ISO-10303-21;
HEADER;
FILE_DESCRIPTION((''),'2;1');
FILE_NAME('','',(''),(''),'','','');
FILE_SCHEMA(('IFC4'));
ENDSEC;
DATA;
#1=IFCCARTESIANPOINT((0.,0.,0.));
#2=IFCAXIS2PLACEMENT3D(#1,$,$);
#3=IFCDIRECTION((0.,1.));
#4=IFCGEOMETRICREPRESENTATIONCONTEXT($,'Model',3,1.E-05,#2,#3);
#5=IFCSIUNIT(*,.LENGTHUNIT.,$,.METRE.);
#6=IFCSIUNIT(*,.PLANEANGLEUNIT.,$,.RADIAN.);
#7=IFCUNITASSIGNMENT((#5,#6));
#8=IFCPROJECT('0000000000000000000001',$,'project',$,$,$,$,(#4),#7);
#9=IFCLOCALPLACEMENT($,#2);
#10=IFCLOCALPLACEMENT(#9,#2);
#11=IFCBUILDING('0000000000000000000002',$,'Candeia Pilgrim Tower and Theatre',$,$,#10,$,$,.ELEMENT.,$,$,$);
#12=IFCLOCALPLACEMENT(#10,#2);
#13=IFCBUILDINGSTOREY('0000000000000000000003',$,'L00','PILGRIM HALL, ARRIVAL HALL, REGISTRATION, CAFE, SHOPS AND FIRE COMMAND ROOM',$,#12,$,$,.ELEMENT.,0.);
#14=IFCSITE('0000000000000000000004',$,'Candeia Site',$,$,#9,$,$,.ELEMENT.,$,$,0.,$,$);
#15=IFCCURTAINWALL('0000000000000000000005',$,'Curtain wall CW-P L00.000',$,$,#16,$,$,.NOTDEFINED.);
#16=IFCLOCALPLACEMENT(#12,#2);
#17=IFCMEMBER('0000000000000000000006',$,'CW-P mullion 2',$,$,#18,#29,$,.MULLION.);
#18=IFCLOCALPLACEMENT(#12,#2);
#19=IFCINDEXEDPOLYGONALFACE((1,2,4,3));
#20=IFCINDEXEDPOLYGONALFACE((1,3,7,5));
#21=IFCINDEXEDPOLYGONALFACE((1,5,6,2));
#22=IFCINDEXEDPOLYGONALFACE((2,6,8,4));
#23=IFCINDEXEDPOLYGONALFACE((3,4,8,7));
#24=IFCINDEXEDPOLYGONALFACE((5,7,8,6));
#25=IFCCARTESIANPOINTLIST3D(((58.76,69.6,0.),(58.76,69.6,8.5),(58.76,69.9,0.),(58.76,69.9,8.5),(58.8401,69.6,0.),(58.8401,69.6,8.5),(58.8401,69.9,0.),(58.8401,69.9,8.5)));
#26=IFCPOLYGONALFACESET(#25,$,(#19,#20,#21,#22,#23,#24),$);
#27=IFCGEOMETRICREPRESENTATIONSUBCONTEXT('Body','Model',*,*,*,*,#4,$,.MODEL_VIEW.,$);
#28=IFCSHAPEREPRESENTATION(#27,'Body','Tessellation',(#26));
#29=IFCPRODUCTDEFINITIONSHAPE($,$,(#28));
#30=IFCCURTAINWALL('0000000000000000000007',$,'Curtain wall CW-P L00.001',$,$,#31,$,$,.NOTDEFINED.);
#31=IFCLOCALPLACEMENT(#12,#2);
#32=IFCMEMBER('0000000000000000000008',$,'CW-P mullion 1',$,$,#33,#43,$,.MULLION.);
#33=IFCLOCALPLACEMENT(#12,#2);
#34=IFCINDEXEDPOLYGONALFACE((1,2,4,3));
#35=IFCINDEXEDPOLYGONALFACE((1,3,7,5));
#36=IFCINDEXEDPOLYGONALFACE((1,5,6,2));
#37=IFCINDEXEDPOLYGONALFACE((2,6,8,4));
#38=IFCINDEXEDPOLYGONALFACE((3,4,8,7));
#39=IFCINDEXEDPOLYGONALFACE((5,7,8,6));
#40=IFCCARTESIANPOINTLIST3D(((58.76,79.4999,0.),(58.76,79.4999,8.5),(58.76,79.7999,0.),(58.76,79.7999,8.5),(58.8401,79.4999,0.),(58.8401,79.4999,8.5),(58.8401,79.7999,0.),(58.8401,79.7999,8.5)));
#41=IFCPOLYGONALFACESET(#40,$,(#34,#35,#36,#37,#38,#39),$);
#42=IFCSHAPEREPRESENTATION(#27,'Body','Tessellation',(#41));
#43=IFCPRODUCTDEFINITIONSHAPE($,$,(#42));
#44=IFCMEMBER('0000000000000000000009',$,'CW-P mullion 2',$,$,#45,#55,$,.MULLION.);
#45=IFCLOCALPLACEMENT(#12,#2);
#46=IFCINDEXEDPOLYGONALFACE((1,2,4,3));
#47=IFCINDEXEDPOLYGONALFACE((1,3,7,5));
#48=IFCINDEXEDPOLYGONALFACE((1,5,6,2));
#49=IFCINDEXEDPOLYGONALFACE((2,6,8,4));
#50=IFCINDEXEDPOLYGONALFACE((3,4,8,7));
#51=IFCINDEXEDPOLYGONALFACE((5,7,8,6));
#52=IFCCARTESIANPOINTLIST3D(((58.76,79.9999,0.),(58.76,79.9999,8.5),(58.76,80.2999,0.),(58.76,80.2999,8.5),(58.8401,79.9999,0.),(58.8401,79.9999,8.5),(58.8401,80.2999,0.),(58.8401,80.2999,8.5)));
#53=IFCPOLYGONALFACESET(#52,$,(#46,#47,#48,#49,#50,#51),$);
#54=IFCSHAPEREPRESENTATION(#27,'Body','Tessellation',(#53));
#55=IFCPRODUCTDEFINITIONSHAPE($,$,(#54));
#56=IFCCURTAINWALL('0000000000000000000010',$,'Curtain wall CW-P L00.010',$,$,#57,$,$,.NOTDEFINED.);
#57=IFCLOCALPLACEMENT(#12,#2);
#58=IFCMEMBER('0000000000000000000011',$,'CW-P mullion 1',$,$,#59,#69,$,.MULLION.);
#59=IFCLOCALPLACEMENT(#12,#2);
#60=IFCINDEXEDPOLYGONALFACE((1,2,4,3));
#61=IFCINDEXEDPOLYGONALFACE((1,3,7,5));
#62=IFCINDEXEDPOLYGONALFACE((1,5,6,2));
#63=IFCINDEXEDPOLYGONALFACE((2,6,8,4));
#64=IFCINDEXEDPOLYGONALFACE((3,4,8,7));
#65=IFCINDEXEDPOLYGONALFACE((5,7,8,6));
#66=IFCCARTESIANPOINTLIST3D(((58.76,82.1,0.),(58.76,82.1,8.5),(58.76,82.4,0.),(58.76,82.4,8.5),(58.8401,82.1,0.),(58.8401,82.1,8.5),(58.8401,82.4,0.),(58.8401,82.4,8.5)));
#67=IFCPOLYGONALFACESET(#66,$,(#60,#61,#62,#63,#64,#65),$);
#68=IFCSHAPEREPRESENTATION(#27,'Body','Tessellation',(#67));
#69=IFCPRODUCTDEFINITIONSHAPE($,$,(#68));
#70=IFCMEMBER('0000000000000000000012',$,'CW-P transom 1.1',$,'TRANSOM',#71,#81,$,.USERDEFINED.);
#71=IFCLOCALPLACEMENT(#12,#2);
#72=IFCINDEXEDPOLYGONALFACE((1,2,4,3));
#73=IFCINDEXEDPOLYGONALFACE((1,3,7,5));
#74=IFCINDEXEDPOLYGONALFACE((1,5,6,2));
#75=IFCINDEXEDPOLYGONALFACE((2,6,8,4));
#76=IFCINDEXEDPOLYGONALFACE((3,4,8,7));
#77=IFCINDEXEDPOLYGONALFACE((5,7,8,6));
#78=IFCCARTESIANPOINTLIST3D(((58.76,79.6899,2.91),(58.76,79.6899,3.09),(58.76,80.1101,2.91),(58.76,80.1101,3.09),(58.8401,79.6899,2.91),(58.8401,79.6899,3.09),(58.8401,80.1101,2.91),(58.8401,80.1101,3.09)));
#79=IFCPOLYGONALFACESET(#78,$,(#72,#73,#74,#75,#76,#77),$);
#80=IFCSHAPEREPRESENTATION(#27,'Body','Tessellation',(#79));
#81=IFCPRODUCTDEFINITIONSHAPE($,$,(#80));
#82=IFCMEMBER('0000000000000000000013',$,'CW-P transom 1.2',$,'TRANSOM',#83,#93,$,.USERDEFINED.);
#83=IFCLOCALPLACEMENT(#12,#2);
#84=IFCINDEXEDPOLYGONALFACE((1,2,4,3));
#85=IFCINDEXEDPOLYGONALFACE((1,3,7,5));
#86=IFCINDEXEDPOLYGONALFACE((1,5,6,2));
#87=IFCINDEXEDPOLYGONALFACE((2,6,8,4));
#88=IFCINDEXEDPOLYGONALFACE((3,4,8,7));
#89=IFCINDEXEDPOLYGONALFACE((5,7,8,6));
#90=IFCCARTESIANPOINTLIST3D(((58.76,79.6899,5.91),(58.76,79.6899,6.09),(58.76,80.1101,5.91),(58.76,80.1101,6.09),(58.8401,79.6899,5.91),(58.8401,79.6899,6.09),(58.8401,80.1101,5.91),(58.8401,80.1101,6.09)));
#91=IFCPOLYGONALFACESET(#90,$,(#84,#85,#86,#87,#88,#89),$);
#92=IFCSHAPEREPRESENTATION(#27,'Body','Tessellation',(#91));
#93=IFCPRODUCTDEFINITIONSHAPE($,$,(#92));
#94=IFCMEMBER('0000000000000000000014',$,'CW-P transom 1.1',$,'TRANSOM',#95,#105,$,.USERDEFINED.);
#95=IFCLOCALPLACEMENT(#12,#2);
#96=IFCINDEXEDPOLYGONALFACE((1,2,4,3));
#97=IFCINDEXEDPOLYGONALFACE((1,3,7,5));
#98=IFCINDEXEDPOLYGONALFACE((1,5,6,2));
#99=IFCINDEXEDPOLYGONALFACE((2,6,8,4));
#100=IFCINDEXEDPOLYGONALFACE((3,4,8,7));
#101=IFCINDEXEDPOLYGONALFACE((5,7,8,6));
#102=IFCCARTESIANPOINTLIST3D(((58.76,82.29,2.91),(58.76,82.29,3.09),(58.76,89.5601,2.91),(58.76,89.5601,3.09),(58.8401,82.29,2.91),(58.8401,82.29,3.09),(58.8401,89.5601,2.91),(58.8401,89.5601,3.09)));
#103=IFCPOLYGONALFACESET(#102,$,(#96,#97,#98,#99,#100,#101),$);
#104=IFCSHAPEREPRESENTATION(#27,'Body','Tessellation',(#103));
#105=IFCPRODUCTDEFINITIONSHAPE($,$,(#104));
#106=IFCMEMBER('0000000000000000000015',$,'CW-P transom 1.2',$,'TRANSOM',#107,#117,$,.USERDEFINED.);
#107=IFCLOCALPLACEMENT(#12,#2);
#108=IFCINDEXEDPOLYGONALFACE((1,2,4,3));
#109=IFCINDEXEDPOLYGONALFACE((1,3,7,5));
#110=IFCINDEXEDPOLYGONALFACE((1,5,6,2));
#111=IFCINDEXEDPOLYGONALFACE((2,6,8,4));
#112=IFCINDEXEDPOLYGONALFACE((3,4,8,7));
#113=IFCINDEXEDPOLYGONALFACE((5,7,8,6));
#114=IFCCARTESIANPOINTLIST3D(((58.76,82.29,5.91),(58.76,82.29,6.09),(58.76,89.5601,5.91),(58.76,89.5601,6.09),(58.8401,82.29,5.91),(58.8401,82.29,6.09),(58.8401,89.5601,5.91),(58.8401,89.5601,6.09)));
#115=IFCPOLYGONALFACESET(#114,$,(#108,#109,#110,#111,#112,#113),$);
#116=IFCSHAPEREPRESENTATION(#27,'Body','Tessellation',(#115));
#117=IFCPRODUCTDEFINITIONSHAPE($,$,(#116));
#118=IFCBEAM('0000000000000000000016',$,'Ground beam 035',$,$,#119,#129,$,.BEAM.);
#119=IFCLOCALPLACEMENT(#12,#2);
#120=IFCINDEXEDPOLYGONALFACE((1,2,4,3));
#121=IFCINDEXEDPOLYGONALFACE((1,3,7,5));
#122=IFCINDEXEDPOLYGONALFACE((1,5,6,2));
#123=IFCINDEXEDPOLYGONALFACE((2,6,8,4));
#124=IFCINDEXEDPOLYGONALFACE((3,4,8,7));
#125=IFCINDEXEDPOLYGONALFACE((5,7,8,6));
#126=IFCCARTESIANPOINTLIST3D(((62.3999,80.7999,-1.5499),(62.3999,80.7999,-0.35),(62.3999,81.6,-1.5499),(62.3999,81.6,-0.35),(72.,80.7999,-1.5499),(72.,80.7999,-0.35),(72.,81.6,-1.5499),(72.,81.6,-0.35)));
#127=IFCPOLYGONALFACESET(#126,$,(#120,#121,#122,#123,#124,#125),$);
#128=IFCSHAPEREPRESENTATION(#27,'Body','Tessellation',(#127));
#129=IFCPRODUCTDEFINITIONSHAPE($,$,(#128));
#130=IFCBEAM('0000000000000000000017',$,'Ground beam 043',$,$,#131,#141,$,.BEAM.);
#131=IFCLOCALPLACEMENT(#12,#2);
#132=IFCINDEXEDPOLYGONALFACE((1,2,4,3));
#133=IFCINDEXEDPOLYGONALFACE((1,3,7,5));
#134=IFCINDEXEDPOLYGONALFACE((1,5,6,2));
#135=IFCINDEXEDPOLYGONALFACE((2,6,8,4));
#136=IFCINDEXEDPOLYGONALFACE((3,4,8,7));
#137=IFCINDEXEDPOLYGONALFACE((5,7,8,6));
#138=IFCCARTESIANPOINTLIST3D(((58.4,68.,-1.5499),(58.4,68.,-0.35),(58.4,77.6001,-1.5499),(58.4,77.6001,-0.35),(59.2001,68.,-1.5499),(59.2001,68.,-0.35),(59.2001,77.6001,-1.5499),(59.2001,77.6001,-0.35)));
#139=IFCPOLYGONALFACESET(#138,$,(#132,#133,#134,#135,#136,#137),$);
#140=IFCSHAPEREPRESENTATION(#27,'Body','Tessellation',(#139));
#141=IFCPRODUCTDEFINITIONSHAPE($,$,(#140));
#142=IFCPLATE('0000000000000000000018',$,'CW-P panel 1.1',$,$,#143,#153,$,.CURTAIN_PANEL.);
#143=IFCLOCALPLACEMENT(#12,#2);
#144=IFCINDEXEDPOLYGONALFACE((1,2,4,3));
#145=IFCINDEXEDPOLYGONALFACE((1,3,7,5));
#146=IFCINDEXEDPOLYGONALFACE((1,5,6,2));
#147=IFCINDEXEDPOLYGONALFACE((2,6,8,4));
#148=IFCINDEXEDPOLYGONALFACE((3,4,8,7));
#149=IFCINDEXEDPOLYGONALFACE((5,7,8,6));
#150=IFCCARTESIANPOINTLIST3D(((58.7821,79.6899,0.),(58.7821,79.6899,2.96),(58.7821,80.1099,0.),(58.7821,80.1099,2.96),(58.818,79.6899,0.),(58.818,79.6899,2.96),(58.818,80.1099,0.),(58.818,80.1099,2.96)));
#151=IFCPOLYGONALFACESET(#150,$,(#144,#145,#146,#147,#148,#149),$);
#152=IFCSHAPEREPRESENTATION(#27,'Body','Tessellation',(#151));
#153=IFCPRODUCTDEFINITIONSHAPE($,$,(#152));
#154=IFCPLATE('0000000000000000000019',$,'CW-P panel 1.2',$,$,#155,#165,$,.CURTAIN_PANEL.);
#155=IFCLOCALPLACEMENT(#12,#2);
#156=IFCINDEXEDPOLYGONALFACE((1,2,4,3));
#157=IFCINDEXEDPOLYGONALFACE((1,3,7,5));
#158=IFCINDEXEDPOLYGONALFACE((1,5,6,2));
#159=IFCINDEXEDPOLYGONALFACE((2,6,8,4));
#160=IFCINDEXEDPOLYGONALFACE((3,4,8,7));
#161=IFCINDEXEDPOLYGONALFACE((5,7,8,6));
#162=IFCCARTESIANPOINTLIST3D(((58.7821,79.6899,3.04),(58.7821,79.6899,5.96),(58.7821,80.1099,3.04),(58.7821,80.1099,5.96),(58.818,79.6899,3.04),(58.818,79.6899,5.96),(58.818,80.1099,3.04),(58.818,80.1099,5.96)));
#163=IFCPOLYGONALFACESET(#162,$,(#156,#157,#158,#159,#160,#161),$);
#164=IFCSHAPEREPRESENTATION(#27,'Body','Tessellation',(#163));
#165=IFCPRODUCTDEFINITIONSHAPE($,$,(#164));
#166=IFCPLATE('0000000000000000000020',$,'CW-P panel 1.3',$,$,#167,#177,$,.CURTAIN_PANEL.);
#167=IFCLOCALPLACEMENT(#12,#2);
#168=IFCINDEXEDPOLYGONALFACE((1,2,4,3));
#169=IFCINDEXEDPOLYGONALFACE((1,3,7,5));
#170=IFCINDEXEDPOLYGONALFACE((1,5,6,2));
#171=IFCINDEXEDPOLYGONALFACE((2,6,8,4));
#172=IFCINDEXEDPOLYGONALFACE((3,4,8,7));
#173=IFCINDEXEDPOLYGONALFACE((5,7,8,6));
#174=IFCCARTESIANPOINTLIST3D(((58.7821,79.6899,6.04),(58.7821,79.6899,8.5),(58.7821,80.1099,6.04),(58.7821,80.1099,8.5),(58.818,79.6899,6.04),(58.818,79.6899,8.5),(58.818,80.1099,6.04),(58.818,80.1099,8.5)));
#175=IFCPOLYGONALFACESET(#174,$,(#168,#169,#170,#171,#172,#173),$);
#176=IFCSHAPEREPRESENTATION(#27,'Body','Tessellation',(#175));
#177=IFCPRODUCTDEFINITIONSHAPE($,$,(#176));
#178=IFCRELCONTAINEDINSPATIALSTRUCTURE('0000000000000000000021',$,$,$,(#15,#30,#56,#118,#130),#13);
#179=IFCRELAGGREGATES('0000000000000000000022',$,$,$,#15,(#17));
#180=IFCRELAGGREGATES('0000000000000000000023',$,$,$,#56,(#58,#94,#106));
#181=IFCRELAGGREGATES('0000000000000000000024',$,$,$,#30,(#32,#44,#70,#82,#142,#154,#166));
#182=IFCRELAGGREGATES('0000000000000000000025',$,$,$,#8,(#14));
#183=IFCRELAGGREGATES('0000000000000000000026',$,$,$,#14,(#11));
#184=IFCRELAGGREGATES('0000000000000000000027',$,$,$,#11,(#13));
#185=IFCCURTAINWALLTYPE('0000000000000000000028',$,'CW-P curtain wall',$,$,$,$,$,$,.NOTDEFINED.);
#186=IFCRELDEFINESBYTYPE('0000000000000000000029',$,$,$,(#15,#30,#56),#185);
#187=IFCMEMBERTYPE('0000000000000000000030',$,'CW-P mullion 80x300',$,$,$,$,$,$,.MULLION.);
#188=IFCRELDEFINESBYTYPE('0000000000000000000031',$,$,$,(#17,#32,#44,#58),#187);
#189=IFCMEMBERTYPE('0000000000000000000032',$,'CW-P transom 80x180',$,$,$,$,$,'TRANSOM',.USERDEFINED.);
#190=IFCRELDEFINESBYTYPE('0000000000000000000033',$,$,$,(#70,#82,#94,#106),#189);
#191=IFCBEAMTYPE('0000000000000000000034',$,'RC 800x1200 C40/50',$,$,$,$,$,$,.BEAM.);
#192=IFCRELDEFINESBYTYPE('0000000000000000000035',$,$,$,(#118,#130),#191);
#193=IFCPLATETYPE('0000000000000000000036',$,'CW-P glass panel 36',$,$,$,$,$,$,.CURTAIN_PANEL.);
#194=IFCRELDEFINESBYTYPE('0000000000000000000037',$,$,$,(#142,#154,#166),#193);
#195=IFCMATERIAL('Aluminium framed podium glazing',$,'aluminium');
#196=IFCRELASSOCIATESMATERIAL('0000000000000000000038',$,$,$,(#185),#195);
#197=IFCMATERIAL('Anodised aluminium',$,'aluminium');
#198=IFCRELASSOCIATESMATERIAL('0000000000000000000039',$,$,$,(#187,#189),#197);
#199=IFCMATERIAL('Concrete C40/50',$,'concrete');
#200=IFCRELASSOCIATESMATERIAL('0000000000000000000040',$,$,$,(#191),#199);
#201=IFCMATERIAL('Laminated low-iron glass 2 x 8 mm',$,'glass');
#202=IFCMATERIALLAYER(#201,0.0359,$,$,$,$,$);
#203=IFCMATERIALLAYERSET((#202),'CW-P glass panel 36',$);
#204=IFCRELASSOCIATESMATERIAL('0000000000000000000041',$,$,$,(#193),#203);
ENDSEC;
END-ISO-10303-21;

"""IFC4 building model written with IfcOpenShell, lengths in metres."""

from ifc_helpers import new_model, si_unit, direction, frame, origin, origin_2d, place, context, subcontext, project, spatial, rectangle, extrude, material, layer, layer_set, material_profile, profile_set, type_object, element, aggregate, save


model = new_model("IFC4")

# Units and contexts
model_context = context("Model", 3, precision=1e-05, world=origin(), true_north=direction((0.0, 1.0)))
body_context = subcontext(model_context, "Body", "Model", "MODEL_VIEW")
ifc_project = project(units=[si_unit("LENGTHUNIT", "METRE"), si_unit("PLANEANGLEUNIT", "RADIAN")], contexts=[model_context])

# Site, building, storey
site_placement = place(None, origin())
site = spatial("IfcSite", under=ifc_project, at=site_placement, Name="Candeia Site", CompositionType="ELEMENT", RefElevation=0.0)
building_placement = place(site_placement, origin())
building = spatial("IfcBuilding", under=site, at=building_placement, Name="Candeia Pilgrim Tower and Theatre", CompositionType="ELEMENT")
storey_placement = place(building_placement, origin())
storey = spatial("IfcBuildingStorey", under=building, at=storey_placement, Name="L00", Description="PILGRIM HALL, ARRIVAL HALL, REGISTRATION, CAFE, SHOPS AND FIRE COMMAND ROOM", CompositionType="ELEMENT", Elevation=0.0)

# Shared definitions
ifc_material_1 = material(Name="Concrete C40/50", Category="concrete")

# Curtain wall, member
ifc_material_2 = material(Name="Aluminium framed podium glazing", Category="aluminium")
curtain_wall_type = type_object("IfcCurtainWallType", Name="CW-P curtain wall", PredefinedType="NOTDEFINED", material=ifc_material_2)
curtain_wall_1_placement = place(storey_placement, origin())
curtain_wall_1 = element("IfcCurtainWall", 1, at=curtain_wall_1_placement, inside=storey, type_object=curtain_wall_type, Name="Curtain wall CW-P L00.000", PredefinedType="NOTDEFINED")
ifc_material_3 = material(Name="Anodised aluminium", Category="aluminium")
ifc_material_profile_1 = material_profile(ifc_material_3, rectangle(XDim=0.0801, YDim=0.3, at=origin_2d()))
ifc_profile_set_1 = profile_set([ifc_material_profile_1], Name="Anodised aluminium")
member_type_1 = type_object("IfcMemberType", Name="CW-P mullion 80x300", PredefinedType="MULLION", material=ifc_profile_set_1)
member_1_placement = place(storey_placement, frame((58.8, 69.75, 0.0), z_axis=(0.0, 0.0, 1.0), x_axis=(-1.0, 0.0, 0.0)))
member_1 = element("IfcMember", 2, at=member_1_placement, type_object=member_type_1, Name="CW-P mullion 2", PredefinedType="MULLION", context=body_context, shape_type="SweptSolid", body=[
    extrude(rectangle(XDim=0.0801, YDim=0.3, at=origin_2d()), origin(), (0.0, 0.0, 1.0), 8.5),
])
aggregate(curtain_wall_1, [member_1])

# Curtain wall, members
curtain_wall_2_placement = place(storey_placement, origin())
curtain_wall_2 = element("IfcCurtainWall", 3, at=curtain_wall_2_placement, inside=storey, type_object=curtain_wall_type, Name="Curtain wall CW-P L00.001", PredefinedType="NOTDEFINED")
member_2_placement = place(storey_placement, frame((58.8, 79.6499, 0.0), z_axis=(0.0, 0.0, 1.0), x_axis=(-1.0, 0.0, 0.0)))
member_2 = element("IfcMember", 4, at=member_2_placement, type_object=member_type_1, Name="CW-P mullion 1", PredefinedType="MULLION", context=body_context, shape_type="SweptSolid", body=[
    extrude(rectangle(XDim=0.0801, YDim=0.3, at=origin_2d()), origin(), (0.0, 0.0, 1.0), 8.5),
])
member_3_placement = place(storey_placement, frame((58.8, 80.1499, 0.0), z_axis=(0.0, 0.0, 1.0), x_axis=(-1.0, 0.0, 0.0)))
member_3 = element("IfcMember", 5, at=member_3_placement, type_object=member_type_1, Name="CW-P mullion 2", PredefinedType="MULLION", context=body_context, shape_type="SweptSolid", body=[
    extrude(rectangle(XDim=0.0801, YDim=0.3, at=origin_2d()), origin(), (0.0, 0.0, 1.0), 8.5),
])

# Curtain wall, member
curtain_wall_3_placement = place(storey_placement, origin())
curtain_wall_3 = element("IfcCurtainWall", 6, at=curtain_wall_3_placement, inside=storey, type_object=curtain_wall_type, Name="Curtain wall CW-P L00.010", PredefinedType="NOTDEFINED")
member_4_placement = place(storey_placement, frame((58.8, 82.25, 0.0), z_axis=(0.0, 0.0, 1.0), x_axis=(-1.0, 0.0, 0.0)))
member_4 = element("IfcMember", 7, at=member_4_placement, type_object=member_type_1, Name="CW-P mullion 1", PredefinedType="MULLION", context=body_context, shape_type="SweptSolid", body=[
    extrude(rectangle(XDim=0.0801, YDim=0.3, at=origin_2d()), origin(), (0.0, 0.0, 1.0), 8.5),
])

# Members
ifc_material_profile_2 = material_profile(ifc_material_3, rectangle(XDim=0.0801, YDim=0.1799, at=origin_2d()))
ifc_profile_set_2 = profile_set([ifc_material_profile_2], Name="Anodised aluminium")
member_type_2 = type_object("IfcMemberType", Name="CW-P transom 80x180", ElementType="TRANSOM", PredefinedType="USERDEFINED", material=ifc_profile_set_2)
member_5_placement = place(storey_placement, frame((58.8, 79.6899, 3.0), z_axis=(0.0, 1.0, 0.0), x_axis=(-1.0, 0.0, 0.0)))
member_5 = element("IfcMember", 8, at=member_5_placement, type_object=member_type_2, Name="CW-P transom 1.1", ObjectType="TRANSOM", PredefinedType="USERDEFINED", context=body_context, shape_type="SweptSolid", body=[
    extrude(rectangle(XDim=0.0801, YDim=0.1799, at=origin_2d()), origin(), (0.0, 0.0, 1.0), 0.4202),
])
member_6_placement = place(storey_placement, frame((58.8, 79.6899, 6.0), z_axis=(0.0, 1.0, 0.0), x_axis=(-1.0, 0.0, 0.0)))
member_6 = element("IfcMember", 9, at=member_6_placement, type_object=member_type_2, Name="CW-P transom 1.2", ObjectType="TRANSOM", PredefinedType="USERDEFINED", context=body_context, shape_type="SweptSolid", body=[
    extrude(rectangle(XDim=0.0801, YDim=0.1799, at=origin_2d()), origin(), (0.0, 0.0, 1.0), 0.4202),
])
member_7_placement = place(storey_placement, frame((58.8, 82.29, 3.0), z_axis=(0.0, 1.0, 0.0), x_axis=(-1.0, 0.0, 0.0)))
member_7 = element("IfcMember", 10, at=member_7_placement, type_object=member_type_2, Name="CW-P transom 1.1", ObjectType="TRANSOM", PredefinedType="USERDEFINED", context=body_context, shape_type="SweptSolid", body=[
    extrude(rectangle(XDim=0.0801, YDim=0.1799, at=origin_2d()), origin(), (0.0, 0.0, 1.0), 7.27),
])
member_8_placement = place(storey_placement, frame((58.8, 82.29, 6.0), z_axis=(0.0, 1.0, 0.0), x_axis=(-1.0, 0.0, 0.0)))
member_8 = element("IfcMember", 11, at=member_8_placement, type_object=member_type_2, Name="CW-P transom 1.2", ObjectType="TRANSOM", PredefinedType="USERDEFINED", context=body_context, shape_type="SweptSolid", body=[
    extrude(rectangle(XDim=0.0801, YDim=0.1799, at=origin_2d()), origin(), (0.0, 0.0, 1.0), 7.27),
])
aggregate(curtain_wall_3, [member_4, member_7, member_8])

# Beams
ifc_material_profile_3 = material_profile(ifc_material_1, rectangle(XDim=0.8, YDim=1.2, at=origin_2d()))
ifc_profile_set_3 = profile_set([ifc_material_profile_3], Name="Concrete C40/50")
beam_type = type_object("IfcBeamType", Name="RC 800x1200 C40/50", PredefinedType="BEAM", material=ifc_profile_set_3)
for number, where, z_axis, x_axis, name in (
    (12, (72.0, 81.2, -0.95), (-1.0, 0.0, 0.0), (0.0, -1.0, 0.0), "Ground beam 035"),
    (13, (58.8, 77.6001, -0.95), (0.0, -1.0, 0.0), (1.0, 0.0, 0.0), "Ground beam 043"),
):
    element("IfcBeam", number, at=place(storey_placement, frame(where, z_axis=z_axis, x_axis=x_axis)), inside=storey, type_object=beam_type, Name=name, PredefinedType="BEAM", context=body_context, shape_type="SweptSolid", body=[
        extrude(rectangle(XDim=0.8, YDim=1.2, at=origin_2d()), origin(), (0.0, 0.0, 1.0), 9.6001),
    ])

# Plates
ifc_material_4 = material(Name="Laminated low-iron glass 2 x 8 mm", Category="glass")
ifc_layer_1 = layer(ifc_material_4, 0.0359)
ifc_layer_set_1 = layer_set([ifc_layer_1], Name="CW-P glass panel 36")
plate_type = type_object("IfcPlateType", Name="CW-P glass panel 36", PredefinedType="CURTAIN_PANEL", material=ifc_layer_set_1)
plate_1_placement = place(storey_placement, frame((58.8, 79.8999, 0.0), z_axis=(0.0, 0.0, 1.0), x_axis=(0.0, 1.0, 0.0)))
plate_1 = element("IfcPlate", 14, at=plate_1_placement, type_object=plate_type, Name="CW-P panel 1.1", PredefinedType="CURTAIN_PANEL", context=body_context, shape_type="SweptSolid", body=[
    extrude(rectangle(XDim=0.4199, YDim=0.0359, at=origin_2d()), origin(), (0.0, 0.0, 1.0), 2.96),
])
plate_2_placement = place(storey_placement, frame((58.8, 79.8999, 3.04), z_axis=(0.0, 0.0, 1.0), x_axis=(0.0, 1.0, 0.0)))
plate_2 = element("IfcPlate", 15, at=plate_2_placement, type_object=plate_type, Name="CW-P panel 1.2", PredefinedType="CURTAIN_PANEL", context=body_context, shape_type="SweptSolid", body=[
    extrude(rectangle(XDim=0.4199, YDim=0.0359, at=origin_2d()), origin(), (0.0, 0.0, 1.0), 2.9199),
])
plate_3_placement = place(storey_placement, frame((58.8, 79.8999, 6.04), z_axis=(0.0, 0.0, 1.0), x_axis=(0.0, 1.0, 0.0)))
plate_3 = element("IfcPlate", 16, at=plate_3_placement, type_object=plate_type, Name="CW-P panel 1.3", PredefinedType="CURTAIN_PANEL", context=body_context, shape_type="SweptSolid", body=[
    extrude(rectangle(XDim=0.4199, YDim=0.0359, at=origin_2d()), origin(), (0.0, 0.0, 1.0), 2.46),
])
aggregate(curtain_wall_2, [member_2, member_3, member_5, member_6, plate_1, plate_2, plate_3])

save(model, "model.ifc")
